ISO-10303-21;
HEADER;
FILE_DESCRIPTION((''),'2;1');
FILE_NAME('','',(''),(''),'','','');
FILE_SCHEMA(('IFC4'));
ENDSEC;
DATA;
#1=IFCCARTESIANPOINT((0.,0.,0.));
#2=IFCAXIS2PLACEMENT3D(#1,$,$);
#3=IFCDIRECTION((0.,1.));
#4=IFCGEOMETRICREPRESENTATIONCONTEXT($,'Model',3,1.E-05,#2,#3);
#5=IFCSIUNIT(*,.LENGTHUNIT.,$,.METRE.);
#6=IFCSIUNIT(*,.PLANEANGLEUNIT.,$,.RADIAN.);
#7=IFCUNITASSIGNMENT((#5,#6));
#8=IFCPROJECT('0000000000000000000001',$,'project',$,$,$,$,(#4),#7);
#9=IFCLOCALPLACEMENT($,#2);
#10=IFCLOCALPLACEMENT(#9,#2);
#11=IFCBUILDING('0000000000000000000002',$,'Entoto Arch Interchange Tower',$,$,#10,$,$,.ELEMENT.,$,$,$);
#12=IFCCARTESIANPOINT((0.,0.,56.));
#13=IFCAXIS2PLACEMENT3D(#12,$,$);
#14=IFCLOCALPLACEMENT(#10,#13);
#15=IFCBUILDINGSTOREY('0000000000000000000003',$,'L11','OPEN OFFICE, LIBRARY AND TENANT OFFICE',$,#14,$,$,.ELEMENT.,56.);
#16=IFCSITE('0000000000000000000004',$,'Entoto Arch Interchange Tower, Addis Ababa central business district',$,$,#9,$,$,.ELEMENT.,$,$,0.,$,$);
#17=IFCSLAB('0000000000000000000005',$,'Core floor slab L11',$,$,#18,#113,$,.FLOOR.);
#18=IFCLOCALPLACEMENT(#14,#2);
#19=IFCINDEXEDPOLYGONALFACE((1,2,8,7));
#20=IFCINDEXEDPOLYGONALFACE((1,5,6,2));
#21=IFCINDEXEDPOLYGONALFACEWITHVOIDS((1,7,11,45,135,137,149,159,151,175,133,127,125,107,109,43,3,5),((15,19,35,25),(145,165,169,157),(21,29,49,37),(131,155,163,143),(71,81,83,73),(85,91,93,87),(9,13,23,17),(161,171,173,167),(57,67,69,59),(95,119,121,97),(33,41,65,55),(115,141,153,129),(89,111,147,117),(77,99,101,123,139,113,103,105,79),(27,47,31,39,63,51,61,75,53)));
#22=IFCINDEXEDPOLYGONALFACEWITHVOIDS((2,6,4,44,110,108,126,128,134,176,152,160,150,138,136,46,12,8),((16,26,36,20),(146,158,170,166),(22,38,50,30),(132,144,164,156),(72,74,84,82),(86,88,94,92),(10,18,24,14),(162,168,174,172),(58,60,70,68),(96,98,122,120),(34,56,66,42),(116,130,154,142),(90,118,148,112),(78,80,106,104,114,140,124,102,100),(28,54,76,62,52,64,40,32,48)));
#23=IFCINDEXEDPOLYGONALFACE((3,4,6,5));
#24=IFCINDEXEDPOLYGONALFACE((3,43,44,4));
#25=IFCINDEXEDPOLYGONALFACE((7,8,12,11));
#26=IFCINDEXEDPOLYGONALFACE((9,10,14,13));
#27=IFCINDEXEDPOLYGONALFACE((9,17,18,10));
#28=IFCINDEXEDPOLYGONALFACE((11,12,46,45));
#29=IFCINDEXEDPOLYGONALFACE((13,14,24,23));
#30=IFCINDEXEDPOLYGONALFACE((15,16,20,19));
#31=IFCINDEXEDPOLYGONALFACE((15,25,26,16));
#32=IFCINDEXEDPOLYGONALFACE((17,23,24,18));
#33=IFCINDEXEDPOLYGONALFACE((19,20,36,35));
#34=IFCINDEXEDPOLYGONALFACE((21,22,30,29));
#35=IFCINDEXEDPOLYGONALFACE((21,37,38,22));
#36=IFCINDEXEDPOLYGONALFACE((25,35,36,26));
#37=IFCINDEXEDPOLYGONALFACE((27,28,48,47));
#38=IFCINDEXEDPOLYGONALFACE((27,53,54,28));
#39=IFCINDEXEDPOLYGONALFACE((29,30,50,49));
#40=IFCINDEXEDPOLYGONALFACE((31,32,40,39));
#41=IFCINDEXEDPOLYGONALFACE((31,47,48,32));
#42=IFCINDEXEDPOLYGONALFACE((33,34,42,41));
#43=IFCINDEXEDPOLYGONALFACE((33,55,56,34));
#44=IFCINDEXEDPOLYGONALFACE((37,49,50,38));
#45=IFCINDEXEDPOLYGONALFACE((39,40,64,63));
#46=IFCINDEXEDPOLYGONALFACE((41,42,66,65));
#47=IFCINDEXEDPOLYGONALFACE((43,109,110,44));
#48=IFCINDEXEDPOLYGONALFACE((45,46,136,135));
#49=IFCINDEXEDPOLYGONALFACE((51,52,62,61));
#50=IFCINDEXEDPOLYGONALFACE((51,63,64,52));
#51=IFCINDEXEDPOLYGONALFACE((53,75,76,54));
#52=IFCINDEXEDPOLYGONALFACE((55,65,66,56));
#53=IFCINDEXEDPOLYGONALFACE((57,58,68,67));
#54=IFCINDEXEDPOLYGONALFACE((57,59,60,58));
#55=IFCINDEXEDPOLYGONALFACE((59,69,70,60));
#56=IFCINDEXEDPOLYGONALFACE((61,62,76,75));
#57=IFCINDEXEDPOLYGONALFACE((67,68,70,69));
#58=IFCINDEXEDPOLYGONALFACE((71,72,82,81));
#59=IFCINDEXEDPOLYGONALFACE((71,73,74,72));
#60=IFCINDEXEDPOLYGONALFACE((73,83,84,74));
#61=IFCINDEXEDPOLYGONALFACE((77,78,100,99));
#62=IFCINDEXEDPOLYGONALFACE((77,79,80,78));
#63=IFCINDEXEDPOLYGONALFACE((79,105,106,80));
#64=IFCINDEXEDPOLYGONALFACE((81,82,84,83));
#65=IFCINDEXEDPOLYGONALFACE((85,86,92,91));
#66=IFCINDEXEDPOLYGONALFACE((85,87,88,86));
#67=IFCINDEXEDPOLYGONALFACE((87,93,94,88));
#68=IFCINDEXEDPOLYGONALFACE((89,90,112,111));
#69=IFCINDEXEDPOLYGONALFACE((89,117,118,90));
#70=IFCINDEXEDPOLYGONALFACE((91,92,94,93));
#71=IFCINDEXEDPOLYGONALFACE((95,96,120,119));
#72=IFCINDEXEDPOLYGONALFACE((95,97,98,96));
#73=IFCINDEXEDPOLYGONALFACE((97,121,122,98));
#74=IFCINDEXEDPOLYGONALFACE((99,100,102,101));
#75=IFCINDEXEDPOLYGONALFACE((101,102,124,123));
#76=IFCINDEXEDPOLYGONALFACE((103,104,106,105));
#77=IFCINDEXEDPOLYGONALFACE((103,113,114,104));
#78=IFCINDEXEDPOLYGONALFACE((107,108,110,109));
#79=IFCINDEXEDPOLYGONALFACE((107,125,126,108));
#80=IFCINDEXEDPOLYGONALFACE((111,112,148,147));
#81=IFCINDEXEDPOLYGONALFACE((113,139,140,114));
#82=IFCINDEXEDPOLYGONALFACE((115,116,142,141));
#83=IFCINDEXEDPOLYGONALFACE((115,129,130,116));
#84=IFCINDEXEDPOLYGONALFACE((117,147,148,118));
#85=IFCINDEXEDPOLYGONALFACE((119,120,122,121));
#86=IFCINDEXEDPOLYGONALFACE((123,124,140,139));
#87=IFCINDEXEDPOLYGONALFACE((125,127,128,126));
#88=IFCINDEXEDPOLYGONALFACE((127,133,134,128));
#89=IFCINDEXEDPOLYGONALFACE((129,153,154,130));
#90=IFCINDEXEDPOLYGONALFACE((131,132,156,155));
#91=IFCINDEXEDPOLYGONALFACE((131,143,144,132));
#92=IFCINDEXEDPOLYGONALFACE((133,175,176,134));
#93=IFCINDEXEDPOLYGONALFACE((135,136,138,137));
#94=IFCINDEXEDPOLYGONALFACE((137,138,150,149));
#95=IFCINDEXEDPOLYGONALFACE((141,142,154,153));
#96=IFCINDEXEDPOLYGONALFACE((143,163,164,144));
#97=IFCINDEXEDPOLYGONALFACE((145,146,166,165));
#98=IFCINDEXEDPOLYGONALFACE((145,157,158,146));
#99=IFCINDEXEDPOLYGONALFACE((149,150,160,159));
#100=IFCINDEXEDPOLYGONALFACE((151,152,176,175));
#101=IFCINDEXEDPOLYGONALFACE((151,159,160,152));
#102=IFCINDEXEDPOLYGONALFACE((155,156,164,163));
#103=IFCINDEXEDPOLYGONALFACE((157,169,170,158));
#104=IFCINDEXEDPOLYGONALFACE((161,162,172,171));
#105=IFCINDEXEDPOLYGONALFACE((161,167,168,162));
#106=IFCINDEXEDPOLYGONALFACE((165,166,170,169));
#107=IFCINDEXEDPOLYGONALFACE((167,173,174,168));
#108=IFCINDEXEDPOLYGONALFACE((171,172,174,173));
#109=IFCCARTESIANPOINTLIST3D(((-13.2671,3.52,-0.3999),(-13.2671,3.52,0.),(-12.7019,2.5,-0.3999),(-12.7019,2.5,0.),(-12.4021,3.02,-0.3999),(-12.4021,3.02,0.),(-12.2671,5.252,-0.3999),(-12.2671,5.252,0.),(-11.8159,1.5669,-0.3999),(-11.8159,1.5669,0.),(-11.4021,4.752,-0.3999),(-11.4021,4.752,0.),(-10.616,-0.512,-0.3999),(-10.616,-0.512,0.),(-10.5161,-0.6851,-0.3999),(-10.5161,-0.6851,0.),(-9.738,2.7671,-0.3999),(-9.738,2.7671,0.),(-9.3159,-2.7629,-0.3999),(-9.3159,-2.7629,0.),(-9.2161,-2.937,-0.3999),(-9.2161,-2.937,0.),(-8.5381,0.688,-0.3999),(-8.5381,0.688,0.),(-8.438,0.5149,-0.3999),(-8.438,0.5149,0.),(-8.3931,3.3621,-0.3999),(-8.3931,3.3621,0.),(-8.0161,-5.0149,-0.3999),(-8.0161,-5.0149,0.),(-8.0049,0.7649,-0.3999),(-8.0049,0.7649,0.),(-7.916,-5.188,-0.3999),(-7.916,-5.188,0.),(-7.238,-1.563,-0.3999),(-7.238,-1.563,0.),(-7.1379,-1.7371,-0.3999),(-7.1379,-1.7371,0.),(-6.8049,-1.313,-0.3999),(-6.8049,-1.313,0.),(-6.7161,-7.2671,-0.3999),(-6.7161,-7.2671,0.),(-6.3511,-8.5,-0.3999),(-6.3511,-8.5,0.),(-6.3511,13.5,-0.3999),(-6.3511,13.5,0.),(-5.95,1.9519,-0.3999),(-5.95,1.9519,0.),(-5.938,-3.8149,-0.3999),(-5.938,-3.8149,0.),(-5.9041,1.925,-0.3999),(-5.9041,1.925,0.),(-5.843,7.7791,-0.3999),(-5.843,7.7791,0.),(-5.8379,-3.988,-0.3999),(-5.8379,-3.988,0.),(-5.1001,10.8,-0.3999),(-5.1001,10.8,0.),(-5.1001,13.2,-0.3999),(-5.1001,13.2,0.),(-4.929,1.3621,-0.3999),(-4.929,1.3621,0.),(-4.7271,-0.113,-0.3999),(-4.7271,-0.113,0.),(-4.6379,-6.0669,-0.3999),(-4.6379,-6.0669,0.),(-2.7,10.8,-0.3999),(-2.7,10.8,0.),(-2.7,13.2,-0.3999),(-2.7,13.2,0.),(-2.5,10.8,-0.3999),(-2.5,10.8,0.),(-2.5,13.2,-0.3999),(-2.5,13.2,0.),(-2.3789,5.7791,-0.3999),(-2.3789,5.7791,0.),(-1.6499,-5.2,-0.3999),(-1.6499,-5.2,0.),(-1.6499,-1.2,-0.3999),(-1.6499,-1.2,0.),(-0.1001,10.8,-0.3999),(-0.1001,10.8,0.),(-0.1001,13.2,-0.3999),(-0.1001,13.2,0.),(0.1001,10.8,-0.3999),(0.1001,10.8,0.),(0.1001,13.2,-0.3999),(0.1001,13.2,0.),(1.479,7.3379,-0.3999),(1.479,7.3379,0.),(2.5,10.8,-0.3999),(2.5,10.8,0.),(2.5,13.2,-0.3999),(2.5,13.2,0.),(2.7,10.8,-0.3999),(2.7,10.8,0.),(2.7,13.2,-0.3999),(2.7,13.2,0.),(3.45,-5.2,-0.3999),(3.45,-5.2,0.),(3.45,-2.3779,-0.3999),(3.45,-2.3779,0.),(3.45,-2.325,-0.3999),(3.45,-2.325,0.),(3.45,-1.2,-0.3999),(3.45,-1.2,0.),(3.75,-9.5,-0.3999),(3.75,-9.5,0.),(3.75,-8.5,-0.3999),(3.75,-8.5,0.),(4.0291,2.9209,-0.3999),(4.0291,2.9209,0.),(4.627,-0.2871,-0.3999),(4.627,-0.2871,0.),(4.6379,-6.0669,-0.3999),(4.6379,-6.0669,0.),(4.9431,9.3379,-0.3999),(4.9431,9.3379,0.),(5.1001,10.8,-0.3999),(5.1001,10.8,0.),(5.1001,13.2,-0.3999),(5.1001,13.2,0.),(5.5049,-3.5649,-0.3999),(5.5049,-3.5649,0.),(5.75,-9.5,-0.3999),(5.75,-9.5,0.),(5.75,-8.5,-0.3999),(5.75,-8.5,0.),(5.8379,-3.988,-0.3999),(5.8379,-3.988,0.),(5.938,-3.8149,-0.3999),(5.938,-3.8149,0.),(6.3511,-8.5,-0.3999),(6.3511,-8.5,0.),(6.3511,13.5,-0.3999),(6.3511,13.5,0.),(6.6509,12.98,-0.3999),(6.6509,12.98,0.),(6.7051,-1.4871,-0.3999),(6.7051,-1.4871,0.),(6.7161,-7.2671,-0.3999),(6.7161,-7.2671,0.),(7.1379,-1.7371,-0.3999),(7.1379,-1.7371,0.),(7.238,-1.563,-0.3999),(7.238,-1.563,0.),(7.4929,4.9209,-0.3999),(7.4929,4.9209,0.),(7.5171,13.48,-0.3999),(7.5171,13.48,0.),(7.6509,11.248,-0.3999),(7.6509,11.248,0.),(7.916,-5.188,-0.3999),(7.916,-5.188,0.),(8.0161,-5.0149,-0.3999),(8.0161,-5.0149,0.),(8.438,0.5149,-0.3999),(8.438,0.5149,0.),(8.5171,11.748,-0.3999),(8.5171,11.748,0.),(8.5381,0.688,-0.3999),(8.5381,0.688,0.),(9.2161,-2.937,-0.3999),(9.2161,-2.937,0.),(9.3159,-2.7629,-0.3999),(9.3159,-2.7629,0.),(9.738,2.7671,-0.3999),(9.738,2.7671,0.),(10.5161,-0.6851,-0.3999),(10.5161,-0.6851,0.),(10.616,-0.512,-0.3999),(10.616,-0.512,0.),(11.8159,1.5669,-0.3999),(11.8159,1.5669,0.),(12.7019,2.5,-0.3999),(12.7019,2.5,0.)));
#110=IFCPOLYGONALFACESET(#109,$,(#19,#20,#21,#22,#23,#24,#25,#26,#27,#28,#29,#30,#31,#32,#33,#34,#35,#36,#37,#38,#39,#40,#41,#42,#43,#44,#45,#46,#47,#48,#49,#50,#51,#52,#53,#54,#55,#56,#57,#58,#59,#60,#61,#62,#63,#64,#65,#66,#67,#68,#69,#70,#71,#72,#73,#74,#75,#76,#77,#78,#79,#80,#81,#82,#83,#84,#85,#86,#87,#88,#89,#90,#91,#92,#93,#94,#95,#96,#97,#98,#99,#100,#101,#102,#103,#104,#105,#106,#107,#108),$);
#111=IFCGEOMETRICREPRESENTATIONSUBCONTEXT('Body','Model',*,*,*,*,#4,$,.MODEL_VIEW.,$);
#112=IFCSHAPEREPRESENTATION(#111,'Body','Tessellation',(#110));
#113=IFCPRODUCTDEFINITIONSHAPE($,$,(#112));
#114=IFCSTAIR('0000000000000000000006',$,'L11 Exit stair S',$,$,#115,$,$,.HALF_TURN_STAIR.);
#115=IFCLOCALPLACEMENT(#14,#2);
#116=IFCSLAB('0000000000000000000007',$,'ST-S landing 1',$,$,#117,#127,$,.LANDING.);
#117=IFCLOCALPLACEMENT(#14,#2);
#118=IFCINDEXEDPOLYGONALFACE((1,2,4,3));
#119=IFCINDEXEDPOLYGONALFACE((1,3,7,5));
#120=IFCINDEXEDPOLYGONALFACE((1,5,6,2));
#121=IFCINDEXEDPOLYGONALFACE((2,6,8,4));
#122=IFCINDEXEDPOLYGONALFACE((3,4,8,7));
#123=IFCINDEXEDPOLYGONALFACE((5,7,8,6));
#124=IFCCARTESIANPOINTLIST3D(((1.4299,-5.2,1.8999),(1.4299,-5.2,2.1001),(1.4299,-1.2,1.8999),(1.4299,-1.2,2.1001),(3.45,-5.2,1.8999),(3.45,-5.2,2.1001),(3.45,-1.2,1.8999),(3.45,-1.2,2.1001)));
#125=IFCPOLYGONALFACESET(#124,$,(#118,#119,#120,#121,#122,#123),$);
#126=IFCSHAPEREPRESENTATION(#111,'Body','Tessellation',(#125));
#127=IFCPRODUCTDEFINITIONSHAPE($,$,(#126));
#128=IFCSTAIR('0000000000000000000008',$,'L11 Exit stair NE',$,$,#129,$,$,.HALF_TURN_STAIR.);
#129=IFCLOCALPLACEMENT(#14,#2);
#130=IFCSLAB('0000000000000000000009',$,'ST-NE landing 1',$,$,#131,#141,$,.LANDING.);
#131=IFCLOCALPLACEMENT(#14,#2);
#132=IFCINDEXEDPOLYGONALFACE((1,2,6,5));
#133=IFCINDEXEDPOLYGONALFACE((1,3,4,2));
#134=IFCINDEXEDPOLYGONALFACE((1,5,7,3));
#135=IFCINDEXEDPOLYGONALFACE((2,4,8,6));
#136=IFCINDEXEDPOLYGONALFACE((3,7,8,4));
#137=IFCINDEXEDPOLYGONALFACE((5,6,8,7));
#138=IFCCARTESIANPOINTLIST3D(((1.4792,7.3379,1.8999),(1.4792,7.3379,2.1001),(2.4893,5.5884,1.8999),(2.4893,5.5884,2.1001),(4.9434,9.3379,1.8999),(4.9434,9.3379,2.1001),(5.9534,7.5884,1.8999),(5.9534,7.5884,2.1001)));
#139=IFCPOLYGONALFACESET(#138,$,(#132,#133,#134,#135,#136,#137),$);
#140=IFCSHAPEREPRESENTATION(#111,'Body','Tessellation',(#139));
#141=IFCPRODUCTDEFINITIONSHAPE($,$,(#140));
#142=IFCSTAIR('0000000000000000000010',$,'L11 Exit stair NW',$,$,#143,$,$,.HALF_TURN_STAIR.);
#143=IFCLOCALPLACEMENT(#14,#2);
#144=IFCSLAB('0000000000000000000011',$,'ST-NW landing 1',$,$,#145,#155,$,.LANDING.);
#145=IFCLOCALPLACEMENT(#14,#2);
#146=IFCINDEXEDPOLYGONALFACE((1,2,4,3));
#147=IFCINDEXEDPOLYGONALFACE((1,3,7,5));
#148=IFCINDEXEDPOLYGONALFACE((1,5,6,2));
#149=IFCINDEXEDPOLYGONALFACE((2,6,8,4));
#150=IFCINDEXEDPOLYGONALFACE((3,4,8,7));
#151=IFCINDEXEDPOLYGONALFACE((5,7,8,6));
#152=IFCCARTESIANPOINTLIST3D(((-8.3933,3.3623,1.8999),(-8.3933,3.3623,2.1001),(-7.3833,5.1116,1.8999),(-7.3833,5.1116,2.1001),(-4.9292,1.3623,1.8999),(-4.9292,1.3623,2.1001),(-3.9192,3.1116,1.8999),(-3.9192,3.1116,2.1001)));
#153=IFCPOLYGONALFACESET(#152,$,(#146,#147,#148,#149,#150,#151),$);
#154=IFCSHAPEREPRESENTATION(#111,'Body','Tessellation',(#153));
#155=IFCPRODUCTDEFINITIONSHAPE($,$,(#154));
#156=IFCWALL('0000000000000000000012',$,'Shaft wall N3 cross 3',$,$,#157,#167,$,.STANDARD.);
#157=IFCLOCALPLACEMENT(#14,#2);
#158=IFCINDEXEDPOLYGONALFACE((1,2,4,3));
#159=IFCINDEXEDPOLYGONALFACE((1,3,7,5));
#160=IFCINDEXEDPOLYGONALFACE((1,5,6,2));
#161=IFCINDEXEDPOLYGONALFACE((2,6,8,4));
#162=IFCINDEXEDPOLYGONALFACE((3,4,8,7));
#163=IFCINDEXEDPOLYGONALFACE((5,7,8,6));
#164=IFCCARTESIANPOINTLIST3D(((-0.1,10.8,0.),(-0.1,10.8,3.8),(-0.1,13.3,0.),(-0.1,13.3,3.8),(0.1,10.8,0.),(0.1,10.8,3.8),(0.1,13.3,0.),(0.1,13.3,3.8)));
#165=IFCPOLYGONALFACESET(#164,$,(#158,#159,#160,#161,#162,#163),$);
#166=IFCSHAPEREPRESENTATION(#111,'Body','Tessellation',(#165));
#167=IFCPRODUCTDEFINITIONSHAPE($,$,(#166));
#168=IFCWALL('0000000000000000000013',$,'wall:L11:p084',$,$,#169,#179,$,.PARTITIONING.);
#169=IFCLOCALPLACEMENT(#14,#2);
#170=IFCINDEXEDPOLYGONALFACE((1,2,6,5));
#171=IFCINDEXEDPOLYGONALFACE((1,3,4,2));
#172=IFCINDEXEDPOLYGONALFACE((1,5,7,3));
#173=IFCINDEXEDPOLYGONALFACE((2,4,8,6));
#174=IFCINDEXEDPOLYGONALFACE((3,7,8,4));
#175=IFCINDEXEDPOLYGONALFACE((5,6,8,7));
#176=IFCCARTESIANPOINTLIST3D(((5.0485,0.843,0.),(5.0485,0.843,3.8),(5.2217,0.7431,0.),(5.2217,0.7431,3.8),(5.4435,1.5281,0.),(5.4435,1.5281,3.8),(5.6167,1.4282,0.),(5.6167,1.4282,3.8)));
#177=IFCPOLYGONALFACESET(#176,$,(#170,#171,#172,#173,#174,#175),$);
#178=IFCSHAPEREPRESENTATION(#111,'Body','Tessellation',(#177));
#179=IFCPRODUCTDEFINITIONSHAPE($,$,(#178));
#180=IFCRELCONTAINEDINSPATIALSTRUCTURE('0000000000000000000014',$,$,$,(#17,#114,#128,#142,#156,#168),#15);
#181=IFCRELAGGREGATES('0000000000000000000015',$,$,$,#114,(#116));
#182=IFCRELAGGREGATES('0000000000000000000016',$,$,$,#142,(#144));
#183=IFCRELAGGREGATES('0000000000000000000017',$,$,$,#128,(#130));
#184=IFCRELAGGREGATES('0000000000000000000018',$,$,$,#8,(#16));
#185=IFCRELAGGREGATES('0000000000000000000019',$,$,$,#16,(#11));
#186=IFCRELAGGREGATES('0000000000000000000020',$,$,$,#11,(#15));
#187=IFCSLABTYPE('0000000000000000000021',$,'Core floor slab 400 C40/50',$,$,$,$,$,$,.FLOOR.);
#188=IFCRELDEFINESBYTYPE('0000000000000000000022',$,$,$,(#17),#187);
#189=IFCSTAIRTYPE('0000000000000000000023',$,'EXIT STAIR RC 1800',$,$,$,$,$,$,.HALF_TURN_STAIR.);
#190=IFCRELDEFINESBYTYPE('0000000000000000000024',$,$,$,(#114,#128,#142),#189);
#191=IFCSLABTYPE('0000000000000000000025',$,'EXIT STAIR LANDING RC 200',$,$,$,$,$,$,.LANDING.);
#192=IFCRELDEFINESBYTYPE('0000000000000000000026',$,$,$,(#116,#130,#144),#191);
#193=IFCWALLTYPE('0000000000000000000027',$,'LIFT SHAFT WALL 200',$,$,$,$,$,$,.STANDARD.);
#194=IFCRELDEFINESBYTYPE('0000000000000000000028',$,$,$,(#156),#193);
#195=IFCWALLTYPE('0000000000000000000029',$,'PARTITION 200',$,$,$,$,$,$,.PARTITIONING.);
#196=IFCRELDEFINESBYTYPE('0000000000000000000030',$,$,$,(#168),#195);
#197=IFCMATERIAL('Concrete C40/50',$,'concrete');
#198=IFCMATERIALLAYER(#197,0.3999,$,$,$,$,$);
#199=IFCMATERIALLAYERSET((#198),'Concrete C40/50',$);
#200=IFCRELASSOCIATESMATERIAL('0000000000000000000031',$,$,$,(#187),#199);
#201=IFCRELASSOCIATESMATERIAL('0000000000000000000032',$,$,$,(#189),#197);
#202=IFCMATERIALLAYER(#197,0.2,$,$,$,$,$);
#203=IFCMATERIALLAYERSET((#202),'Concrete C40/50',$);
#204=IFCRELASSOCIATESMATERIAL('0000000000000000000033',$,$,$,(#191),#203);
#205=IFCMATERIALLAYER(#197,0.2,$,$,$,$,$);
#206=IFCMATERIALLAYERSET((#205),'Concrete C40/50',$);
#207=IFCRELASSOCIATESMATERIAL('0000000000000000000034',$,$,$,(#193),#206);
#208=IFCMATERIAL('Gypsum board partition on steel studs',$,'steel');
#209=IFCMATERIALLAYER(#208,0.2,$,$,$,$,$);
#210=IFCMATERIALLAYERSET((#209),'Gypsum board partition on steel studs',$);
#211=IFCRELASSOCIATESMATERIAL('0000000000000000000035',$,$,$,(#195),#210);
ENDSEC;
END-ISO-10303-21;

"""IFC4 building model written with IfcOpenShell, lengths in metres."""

from ifc_helpers import new_model, si_unit, direction, frame, frame_2d, origin, place, context, subcontext, project, spatial, polyline, rectangle, outline, extrude, material, layer, layer_set, type_object, element, aggregate, save


model = new_model("IFC4")

# Units and contexts
model_context = context("Model", 3, precision=1e-05, world=origin(), true_north=direction((0.0, 1.0)))
body_context = subcontext(model_context, "Body", "Model", "MODEL_VIEW")
ifc_project = project(units=[si_unit("LENGTHUNIT", "METRE"), si_unit("PLANEANGLEUNIT", "RADIAN")], contexts=[model_context])

# Site, building, storey
site_placement = place(None, origin())
site = spatial("IfcSite", under=ifc_project, at=site_placement, Name="Entoto Arch Interchange Tower, Addis Ababa central business district", CompositionType="ELEMENT", RefElevation=0.0)
building_placement = place(site_placement, origin())
building = spatial("IfcBuilding", under=site, at=building_placement, Name="Entoto Arch Interchange Tower", CompositionType="ELEMENT")
storey_placement = place(building_placement, frame((0.0, 0.0, 56.0)))
storey = spatial("IfcBuildingStorey", under=building, at=storey_placement, Name="L11", Description="OPEN OFFICE, LIBRARY AND TENANT OFFICE", CompositionType="ELEMENT", Elevation=56.0)

# Slab
ifc_material_1 = material(Name="Concrete C40/50", Category="concrete")
ifc_layer_1 = layer(ifc_material_1, 0.3999)
ifc_layer_set_1 = layer_set([ifc_layer_1], Name="Concrete C40/50")
slab_type_1 = type_object("IfcSlabType", Name="Core floor slab 400 C40/50", PredefinedType="FLOOR", material=ifc_layer_set_1)
slab_1_placement = place(storey_placement, frame((0.0, 0.0, -0.3999)))
element("IfcSlab", 1, at=slab_1_placement, inside=storey, type_object=slab_type_1, Name="Core floor slab L11", PredefinedType="FLOOR", context=body_context, shape_type="SweptSolid", body=[
    extrude(outline(polyline([(5.75, -9.5), (3.75, -9.5), (3.75, -8.5), (-6.3511, -8.5), (-12.7019, 2.5), (-12.4021, 3.02), (-13.2671, 3.52), (-12.2671, 5.252), (-11.4021, 4.752), (-6.3511, 13.5), (6.3511, 13.5), (6.6509, 12.98), (7.5171, 13.48), (8.5171, 11.748), (7.6509, 11.248), (12.7019, 2.5), (6.3511, -8.5), (5.75, -8.5), (5.75, -9.5)]), holes=[polyline([(-4.6379, -6.0669), (-5.8379, -3.988), (-7.916, -5.188), (-6.7161, -7.2671), (-4.6379, -6.0669)]), polyline([(-5.938, -3.8149), (-7.1379, -1.7371), (-9.2161, -2.937), (-8.0161, -5.0149), (-5.938, -3.8149)]), polyline([(5.5049, -3.5649), (6.7051, -1.4871), (4.627, -0.2871), (3.45, -2.325), (3.45, -1.2), (-1.6499, -1.2), (-1.6499, -5.2), (3.45, -5.2), (3.45, -2.3779), (5.5049, -3.5649)]), polyline([(-7.238, -1.563), (-8.438, 0.5149), (-10.5161, -0.6851), (-9.3159, -2.7629), (-7.238, -1.563)]), polyline([(-4.7271, -0.113), (-5.9041, 1.925), (-4.929, 1.3621), (-2.3789, 5.7791), (-5.843, 7.7791), (-8.3931, 3.3621), (-5.95, 1.9519), (-8.0049, 0.7649), (-6.8049, -1.313), (-4.7271, -0.113)]), polyline([(-8.5381, 0.688), (-9.738, 2.7671), (-11.8159, 1.5669), (-10.616, -0.512), (-8.5381, 0.688)]), polyline([(-5.1001, 10.8), (-2.7, 10.8), (-2.7, 13.2), (-5.1001, 13.2), (-5.1001, 10.8)]), polyline([(-2.5, 10.8), (-0.1001, 10.8), (-0.1001, 13.2), (-2.5, 13.2), (-2.5, 10.8)]), polyline([(5.8379, -3.988), (4.6379, -6.0669), (6.7161, -7.2671), (7.916, -5.188), (5.8379, -3.988)]), polyline([(7.1379, -1.7371), (5.938, -3.8149), (8.0161, -5.0149), (9.2161, -2.937), (7.1379, -1.7371)]), polyline([(8.438, 0.5149), (7.238, -1.563), (9.3159, -2.7629), (10.5161, -0.6851), (8.438, 0.5149)]), polyline([(9.738, 2.7671), (8.5381, 0.688), (10.616, -0.512), (11.8159, 1.5669), (9.738, 2.7671)]), polyline([(4.0291, 2.9209), (7.4929, 4.9209), (4.9431, 9.3379), (1.479, 7.3379), (4.0291, 2.9209)]), polyline([(0.1001, 13.2), (0.1001, 10.8), (2.5, 10.8), (2.5, 13.2), (0.1001, 13.2)]), polyline([(2.7, 13.2), (2.7, 10.8), (5.1001, 10.8), (5.1001, 13.2), (2.7, 13.2)])]), origin(), (0.0, 0.0, 1.0), 0.3999),
])

# Stairs, slabs
stair_type = type_object("IfcStairType", Name="EXIT STAIR RC 1800", PredefinedType="HALF_TURN_STAIR", material=ifc_material_1)
stair_1_placement = place(storey_placement, origin())
stair_1 = element("IfcStair", 2, at=stair_1_placement, inside=storey, type_object=stair_type, Name="L11 Exit stair S", PredefinedType="HALF_TURN_STAIR")
ifc_layer_2 = layer(ifc_material_1, 0.2)
ifc_layer_set_2 = layer_set([ifc_layer_2], Name="Concrete C40/50")
slab_type_2 = type_object("IfcSlabType", Name="EXIT STAIR LANDING RC 200", PredefinedType="LANDING", material=ifc_layer_set_2)
slab_2_placement = place(storey_placement, frame((0.0, 0.0, 1.8999)))
slab_2 = element("IfcSlab", 3, at=slab_2_placement, type_object=slab_type_2, Name="ST-S landing 1", PredefinedType="LANDING", context=body_context, shape_type="SweptSolid", body=[
    extrude(outline(polyline([(1.4299, -5.2), (3.45, -5.2), (3.45, -1.2), (1.4299, -1.2), (1.4299, -5.2)])), origin(), (0.0, 0.0, 1.0), 0.2002),
])
aggregate(stair_1, [slab_2])
stair_2_placement = place(storey_placement, origin())
stair_2 = element("IfcStair", 4, at=stair_2_placement, inside=storey, type_object=stair_type, Name="L11 Exit stair NE", PredefinedType="HALF_TURN_STAIR")
slab_3_placement = place(storey_placement, frame((0.0, 0.0, 1.8999)))
slab_3 = element("IfcSlab", 5, at=slab_3_placement, type_object=slab_type_2, Name="ST-NE landing 1", PredefinedType="LANDING", context=body_context, shape_type="SweptSolid", body=[
    extrude(outline(polyline([(5.9534, 7.5884), (4.9434, 9.3379), (1.4792, 7.3379), (2.4893, 5.5884), (5.9534, 7.5884)])), origin(), (0.0, 0.0, 1.0), 0.2002),
])
stair_3_placement = place(storey_placement, origin())
stair_3 = element("IfcStair", 6, at=stair_3_placement, inside=storey, type_object=stair_type, Name="L11 Exit stair NW", PredefinedType="HALF_TURN_STAIR")
slab_4_placement = place(storey_placement, frame((0.0, 0.0, 1.8999)))
slab_4 = element("IfcSlab", 7, at=slab_4_placement, type_object=slab_type_2, Name="ST-NW landing 1", PredefinedType="LANDING", context=body_context, shape_type="SweptSolid", body=[
    extrude(outline(polyline([(-7.3833, 5.1116), (-8.3933, 3.3623), (-4.9292, 1.3623), (-3.9192, 3.1116), (-7.3833, 5.1116)])), origin(), (0.0, 0.0, 1.0), 0.2002),
])
aggregate(stair_3, [slab_4])

# Walls
ifc_layer_3 = layer(ifc_material_1, 0.2)
ifc_layer_set_3 = layer_set([ifc_layer_3], Name="Concrete C40/50")
wall_type_1 = type_object("IfcWallType", Name="LIFT SHAFT WALL 200", PredefinedType="STANDARD", material=ifc_layer_set_3)
wall_1_placement = place(storey_placement, frame((0.0, 10.8, 0.0), z_axis=(0.0, 0.0, 1.0), x_axis=(0.0, 1.0, 0.0)))
element("IfcWall", 8, at=wall_1_placement, inside=storey, type_object=wall_type_1, Name="Shaft wall N3 cross 3", PredefinedType="STANDARD", context=body_context, shape_type="SweptSolid", body=[
    extrude(rectangle(XDim=2.5, YDim=0.2, at=frame_2d((1.25, 0.0))), origin(), (0.0, 0.0, 1.0), 3.8),
])
ifc_material_2 = material(Name="Gypsum board partition on steel studs", Category="steel")
ifc_layer_4 = layer(ifc_material_2, 0.2)
ifc_layer_set_4 = layer_set([ifc_layer_4], Name="Gypsum board partition on steel studs")
wall_type_2 = type_object("IfcWallType", Name="PARTITION 200", PredefinedType="PARTITIONING", material=ifc_layer_set_4)
wall_2_placement = place(storey_placement, frame((5.135, 0.793, 0.0), z_axis=(0.0, 0.0, 1.0), x_axis=(0.499526, 0.866299, 0.0)))
element("IfcWall", 9, at=wall_2_placement, inside=storey, type_object=wall_type_2, Name="wall:L11:p084", PredefinedType="PARTITIONING", context=body_context, shape_type="SweptSolid", body=[
    extrude(rectangle(XDim=0.7908, YDim=0.2, at=frame_2d((0.3955, 0.0))), origin(), (0.0, 0.0, 1.0), 3.8),
])

aggregate(stair_2, [slab_3])

save(model, "model.ifc")
